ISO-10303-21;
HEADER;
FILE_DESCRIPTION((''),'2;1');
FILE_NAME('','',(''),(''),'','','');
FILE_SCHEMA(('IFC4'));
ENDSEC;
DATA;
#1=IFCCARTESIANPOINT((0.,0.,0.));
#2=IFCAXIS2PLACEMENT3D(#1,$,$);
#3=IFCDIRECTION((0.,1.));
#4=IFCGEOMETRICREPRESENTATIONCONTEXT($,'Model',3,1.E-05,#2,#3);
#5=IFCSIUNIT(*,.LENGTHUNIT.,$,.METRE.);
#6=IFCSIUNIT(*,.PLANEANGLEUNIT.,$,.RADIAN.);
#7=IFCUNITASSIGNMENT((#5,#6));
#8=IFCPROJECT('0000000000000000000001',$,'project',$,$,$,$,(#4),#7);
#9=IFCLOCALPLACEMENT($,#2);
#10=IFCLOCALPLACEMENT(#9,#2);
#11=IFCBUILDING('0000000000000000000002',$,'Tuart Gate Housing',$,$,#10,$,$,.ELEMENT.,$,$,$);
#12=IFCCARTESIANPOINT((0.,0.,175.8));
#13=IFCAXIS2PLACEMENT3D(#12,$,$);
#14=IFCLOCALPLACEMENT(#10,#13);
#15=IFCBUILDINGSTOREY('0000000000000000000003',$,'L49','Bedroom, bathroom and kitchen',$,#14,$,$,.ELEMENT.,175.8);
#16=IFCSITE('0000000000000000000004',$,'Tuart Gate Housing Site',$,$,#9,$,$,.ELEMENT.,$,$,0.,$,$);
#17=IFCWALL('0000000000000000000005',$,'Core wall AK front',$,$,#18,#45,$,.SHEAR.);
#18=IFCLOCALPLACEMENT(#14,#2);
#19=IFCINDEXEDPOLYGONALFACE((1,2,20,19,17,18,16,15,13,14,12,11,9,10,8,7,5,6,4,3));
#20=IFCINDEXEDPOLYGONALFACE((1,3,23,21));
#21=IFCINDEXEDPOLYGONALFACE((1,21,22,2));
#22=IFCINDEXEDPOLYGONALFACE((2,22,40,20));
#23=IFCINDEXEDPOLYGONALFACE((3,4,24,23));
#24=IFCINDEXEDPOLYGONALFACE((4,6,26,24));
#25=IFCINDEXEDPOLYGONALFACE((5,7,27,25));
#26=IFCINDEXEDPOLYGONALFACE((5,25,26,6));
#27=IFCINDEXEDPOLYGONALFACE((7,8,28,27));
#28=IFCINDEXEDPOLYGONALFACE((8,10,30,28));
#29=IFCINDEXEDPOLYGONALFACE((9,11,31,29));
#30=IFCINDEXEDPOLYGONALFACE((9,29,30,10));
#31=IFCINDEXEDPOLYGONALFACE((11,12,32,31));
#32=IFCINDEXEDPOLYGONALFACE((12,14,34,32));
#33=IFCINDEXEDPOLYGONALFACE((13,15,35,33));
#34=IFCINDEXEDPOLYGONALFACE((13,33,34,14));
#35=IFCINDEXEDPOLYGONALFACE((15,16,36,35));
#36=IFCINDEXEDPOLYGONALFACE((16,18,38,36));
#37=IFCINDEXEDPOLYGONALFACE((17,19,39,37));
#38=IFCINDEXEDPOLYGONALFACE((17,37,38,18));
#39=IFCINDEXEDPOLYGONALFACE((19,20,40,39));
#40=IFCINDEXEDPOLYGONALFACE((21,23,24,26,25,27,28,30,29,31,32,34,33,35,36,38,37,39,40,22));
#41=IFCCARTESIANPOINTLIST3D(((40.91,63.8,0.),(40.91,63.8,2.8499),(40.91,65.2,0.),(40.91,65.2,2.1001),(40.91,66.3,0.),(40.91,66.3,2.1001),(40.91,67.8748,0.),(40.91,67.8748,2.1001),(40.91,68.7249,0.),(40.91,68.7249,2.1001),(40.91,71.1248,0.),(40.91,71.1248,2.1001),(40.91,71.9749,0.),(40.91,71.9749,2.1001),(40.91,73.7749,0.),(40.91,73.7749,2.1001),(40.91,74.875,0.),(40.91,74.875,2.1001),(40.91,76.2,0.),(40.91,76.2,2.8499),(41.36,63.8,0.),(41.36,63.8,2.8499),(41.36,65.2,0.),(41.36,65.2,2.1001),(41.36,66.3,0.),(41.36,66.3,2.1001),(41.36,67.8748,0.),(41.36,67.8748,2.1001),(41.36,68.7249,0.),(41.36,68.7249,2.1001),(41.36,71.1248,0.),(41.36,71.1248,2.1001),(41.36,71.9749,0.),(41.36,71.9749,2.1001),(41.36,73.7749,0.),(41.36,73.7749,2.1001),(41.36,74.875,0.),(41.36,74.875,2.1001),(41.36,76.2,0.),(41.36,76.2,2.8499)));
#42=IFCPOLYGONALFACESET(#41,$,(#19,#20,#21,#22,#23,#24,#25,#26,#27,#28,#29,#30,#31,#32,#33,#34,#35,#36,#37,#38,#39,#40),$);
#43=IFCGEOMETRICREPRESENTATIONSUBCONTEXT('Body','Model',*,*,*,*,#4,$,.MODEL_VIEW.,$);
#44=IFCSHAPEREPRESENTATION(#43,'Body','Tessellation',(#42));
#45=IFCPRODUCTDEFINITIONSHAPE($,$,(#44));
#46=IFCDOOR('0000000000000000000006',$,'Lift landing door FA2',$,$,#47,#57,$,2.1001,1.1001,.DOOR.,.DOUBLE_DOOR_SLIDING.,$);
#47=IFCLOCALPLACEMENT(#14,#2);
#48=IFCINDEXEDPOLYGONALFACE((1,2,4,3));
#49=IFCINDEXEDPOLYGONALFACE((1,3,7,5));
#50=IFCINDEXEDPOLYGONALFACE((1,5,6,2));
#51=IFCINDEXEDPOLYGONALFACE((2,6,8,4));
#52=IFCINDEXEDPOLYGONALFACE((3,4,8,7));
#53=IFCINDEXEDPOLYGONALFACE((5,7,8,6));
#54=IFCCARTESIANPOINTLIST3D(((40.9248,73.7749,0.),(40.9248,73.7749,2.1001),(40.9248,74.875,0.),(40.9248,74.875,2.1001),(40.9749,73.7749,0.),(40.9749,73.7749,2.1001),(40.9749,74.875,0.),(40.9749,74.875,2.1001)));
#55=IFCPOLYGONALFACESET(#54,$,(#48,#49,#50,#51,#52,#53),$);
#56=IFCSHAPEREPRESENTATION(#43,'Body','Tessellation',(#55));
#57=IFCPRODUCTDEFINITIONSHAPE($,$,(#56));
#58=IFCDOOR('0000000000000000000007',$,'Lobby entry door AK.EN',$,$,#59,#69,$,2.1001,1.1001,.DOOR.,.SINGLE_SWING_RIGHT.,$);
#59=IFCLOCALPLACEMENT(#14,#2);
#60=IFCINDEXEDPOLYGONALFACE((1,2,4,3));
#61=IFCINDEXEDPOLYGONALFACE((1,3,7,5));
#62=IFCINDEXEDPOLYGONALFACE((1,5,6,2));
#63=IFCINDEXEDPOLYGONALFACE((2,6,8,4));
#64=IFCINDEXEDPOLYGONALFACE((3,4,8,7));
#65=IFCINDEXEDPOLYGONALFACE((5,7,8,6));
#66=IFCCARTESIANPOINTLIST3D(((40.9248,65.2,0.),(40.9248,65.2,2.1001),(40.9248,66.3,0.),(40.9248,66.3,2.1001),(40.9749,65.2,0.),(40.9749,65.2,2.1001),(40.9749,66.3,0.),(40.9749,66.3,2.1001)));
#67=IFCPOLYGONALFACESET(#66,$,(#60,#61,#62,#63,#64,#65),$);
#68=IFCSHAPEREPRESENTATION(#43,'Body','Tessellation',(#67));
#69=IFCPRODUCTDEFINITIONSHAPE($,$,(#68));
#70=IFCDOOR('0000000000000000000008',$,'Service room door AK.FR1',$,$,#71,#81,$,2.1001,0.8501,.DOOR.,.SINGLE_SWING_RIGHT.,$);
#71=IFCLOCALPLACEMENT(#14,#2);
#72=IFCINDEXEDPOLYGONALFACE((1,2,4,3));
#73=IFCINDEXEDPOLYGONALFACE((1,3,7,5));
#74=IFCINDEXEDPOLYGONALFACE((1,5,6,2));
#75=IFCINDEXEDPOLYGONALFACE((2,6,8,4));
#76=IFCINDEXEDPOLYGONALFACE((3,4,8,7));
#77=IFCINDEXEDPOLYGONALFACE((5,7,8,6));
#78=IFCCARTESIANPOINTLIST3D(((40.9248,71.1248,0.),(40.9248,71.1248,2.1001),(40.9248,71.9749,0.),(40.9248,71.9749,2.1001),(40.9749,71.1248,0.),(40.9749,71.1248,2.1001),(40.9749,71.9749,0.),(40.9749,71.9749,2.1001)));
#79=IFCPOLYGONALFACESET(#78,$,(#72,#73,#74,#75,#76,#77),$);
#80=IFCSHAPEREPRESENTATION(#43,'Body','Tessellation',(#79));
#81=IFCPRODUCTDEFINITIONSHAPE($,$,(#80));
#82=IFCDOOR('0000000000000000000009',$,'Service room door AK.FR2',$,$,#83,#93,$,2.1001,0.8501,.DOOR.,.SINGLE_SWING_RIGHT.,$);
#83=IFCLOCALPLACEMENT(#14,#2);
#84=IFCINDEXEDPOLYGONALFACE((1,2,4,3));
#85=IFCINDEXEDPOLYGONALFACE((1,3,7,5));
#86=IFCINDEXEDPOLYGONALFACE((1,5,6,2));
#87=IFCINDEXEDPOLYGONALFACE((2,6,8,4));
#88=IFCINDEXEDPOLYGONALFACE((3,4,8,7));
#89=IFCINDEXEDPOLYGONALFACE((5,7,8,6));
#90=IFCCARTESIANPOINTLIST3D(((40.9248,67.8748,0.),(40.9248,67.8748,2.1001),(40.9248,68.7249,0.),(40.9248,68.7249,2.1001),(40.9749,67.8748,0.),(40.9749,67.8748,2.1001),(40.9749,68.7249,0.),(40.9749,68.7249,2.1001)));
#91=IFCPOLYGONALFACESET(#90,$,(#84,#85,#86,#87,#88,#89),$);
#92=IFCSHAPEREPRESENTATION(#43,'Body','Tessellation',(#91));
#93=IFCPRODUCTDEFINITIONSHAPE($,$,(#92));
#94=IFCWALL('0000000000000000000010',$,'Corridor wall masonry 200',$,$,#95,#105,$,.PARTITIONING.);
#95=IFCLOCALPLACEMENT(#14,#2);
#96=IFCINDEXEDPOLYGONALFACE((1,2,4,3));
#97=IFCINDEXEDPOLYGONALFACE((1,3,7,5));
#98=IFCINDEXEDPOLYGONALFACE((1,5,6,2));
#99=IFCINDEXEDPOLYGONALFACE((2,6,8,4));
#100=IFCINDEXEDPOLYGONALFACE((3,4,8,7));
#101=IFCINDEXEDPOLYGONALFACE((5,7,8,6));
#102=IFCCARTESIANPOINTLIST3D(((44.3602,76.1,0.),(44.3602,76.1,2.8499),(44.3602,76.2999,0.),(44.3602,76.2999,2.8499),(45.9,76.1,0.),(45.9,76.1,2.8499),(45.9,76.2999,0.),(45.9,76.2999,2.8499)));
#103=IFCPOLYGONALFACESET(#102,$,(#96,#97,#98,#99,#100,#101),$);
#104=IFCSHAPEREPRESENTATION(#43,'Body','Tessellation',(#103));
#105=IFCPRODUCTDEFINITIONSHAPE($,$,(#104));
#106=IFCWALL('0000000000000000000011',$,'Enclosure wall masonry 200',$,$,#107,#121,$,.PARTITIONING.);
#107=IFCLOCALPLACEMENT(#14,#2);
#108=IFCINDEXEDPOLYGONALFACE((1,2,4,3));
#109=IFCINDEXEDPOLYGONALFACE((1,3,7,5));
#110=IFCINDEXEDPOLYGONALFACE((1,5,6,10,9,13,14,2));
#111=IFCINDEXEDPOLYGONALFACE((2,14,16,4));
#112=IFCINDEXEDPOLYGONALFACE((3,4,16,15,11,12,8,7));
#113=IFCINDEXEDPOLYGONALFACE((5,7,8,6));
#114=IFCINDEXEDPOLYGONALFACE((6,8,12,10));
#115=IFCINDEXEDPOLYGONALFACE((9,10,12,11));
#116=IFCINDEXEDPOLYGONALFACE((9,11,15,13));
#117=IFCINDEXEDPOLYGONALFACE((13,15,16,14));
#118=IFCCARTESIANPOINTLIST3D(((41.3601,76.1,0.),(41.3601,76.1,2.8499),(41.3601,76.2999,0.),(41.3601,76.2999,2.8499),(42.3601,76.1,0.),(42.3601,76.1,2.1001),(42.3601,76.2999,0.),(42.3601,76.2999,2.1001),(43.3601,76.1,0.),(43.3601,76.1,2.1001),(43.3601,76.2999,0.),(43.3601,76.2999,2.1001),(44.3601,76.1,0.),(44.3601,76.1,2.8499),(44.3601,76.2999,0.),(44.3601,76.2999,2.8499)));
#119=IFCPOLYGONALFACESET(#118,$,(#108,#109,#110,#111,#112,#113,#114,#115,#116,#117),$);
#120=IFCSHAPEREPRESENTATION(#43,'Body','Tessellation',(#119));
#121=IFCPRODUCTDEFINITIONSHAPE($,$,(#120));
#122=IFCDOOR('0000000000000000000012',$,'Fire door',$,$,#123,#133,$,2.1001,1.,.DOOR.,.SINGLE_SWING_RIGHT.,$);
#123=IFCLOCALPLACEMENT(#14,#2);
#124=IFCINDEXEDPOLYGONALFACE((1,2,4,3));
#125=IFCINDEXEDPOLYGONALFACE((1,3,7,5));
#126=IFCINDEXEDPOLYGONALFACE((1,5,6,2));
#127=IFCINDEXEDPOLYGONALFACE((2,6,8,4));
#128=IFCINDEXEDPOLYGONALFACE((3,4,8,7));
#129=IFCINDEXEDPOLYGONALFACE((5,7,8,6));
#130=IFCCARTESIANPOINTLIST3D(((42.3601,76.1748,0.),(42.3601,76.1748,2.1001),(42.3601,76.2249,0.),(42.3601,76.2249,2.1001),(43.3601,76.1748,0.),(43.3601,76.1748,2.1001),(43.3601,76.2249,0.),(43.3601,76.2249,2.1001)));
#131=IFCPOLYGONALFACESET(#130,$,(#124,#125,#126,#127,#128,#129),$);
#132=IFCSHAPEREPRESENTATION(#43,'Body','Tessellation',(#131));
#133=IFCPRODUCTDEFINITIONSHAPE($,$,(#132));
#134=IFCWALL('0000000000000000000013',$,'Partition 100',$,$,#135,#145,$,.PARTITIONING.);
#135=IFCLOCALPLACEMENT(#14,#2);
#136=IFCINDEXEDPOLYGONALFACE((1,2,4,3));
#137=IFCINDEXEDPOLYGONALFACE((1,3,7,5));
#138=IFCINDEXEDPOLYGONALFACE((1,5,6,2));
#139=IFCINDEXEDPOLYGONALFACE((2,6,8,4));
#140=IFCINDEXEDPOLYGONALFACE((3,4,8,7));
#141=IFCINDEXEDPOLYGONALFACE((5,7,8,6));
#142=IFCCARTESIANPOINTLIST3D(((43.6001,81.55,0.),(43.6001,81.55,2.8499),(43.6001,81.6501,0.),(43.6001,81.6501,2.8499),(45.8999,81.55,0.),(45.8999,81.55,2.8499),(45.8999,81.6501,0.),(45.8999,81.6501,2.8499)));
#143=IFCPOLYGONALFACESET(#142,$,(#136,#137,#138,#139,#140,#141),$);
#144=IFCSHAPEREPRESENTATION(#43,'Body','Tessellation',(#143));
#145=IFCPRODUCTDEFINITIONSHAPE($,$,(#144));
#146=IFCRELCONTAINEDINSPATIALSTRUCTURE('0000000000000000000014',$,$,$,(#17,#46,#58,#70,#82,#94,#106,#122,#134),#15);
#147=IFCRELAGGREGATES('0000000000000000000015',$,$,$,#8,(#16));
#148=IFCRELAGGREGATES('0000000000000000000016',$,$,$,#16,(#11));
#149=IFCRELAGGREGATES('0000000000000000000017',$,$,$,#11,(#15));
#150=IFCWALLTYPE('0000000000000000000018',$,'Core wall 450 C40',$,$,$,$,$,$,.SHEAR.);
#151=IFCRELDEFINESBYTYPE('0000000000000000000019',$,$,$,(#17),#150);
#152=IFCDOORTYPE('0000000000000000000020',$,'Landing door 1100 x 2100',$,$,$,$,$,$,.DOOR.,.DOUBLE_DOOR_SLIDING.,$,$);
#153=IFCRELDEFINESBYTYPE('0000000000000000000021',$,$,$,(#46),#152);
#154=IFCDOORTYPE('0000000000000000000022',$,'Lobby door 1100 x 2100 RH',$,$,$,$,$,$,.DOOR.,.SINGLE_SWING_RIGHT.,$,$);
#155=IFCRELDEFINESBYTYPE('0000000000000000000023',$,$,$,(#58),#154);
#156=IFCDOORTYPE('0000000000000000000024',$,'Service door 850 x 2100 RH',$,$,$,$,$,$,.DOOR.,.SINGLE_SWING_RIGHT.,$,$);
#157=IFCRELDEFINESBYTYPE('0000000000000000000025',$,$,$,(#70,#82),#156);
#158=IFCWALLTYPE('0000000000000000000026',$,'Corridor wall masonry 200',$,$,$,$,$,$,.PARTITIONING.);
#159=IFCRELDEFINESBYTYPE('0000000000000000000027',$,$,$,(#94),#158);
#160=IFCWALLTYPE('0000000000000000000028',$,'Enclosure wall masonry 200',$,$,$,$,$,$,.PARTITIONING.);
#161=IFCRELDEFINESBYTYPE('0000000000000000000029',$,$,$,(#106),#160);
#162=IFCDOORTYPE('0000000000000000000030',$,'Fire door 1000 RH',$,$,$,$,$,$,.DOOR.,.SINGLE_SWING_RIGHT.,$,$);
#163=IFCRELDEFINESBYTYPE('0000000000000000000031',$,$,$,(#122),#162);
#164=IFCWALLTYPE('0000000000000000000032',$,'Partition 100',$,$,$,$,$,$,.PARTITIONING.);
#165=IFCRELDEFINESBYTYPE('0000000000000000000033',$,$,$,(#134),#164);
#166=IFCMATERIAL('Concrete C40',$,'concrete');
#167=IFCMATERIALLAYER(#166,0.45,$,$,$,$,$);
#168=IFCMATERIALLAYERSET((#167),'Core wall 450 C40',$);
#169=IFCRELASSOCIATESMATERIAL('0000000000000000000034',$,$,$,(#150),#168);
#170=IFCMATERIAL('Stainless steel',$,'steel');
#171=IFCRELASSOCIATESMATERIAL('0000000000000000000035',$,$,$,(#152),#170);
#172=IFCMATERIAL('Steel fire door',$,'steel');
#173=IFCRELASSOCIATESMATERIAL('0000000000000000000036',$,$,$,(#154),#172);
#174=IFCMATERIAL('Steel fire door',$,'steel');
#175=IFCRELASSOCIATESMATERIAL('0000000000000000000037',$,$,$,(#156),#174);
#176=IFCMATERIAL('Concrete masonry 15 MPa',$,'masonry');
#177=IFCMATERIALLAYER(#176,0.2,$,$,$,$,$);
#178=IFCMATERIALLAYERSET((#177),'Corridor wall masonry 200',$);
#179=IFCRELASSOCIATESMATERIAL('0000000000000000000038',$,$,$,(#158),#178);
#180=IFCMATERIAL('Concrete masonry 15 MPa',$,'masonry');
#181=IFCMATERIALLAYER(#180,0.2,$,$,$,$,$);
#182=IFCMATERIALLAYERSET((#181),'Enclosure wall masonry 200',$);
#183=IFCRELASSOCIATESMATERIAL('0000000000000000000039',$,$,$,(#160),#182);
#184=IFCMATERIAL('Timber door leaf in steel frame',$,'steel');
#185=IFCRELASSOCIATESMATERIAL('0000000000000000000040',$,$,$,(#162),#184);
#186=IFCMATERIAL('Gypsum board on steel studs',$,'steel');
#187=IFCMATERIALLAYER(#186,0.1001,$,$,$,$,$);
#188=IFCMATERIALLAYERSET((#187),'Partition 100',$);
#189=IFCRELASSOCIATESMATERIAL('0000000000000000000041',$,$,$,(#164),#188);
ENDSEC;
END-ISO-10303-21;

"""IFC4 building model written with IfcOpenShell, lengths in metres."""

from ifc_helpers import new_model, si_unit, direction, frame, frame_2d, origin, place, context, subcontext, project, spatial, rectangle, extrude, material, layer, layer_set, type_object, element, fill, save


model = new_model("IFC4")

# Units and contexts
model_context = context("Model", 3, precision=1e-05, world=origin(), true_north=direction((0.0, 1.0)))
body_context = subcontext(model_context, "Body", "Model", "MODEL_VIEW")
ifc_project = project(units=[si_unit("LENGTHUNIT", "METRE"), si_unit("PLANEANGLEUNIT", "RADIAN")], contexts=[model_context])

# Site, building, storey
site_placement = place(None, origin())
site = spatial("IfcSite", under=ifc_project, at=site_placement, Name="Tuart Gate Housing Site", CompositionType="ELEMENT", RefElevation=0.0)
building_placement = place(site_placement, origin())
building = spatial("IfcBuilding", under=site, at=building_placement, Name="Tuart Gate Housing", CompositionType="ELEMENT")
storey_placement = place(building_placement, frame((0.0, 0.0, 175.8)))
storey = spatial("IfcBuildingStorey", under=building, at=storey_placement, Name="L49", Description="Bedroom, bathroom and kitchen", CompositionType="ELEMENT", Elevation=175.8)

# Wall, openings, doors
ifc_material_1 = material(Name="Concrete C40", Category="concrete")
ifc_layer_1 = layer(ifc_material_1, 0.45)
ifc_layer_set_1 = layer_set([ifc_layer_1], Name="Core wall 450 C40")
wall_type_1 = type_object("IfcWallType", Name="Core wall 450 C40", PredefinedType="SHEAR", material=ifc_layer_set_1)
wall_1_placement = place(storey_placement, frame((41.135, 76.2, 0.0), z_axis=(0.0, 0.0, 1.0), x_axis=(0.0, -1.0, 0.0)))
wall_1 = element("IfcWall", 1, at=wall_1_placement, inside=storey, type_object=wall_type_1, Name="Core wall AK front", PredefinedType="SHEAR", context=body_context, shape_type="SweptSolid", body=[
    extrude(rectangle(XDim=12.3999, YDim=0.45, at=frame_2d((6.2, 0.0))), origin(), (0.0, 0.0, 1.0), 2.8499),
])
opening_1_placement = place(wall_1_placement, frame((1.325, 0.0, 0.0)))
opening_1 = element("IfcOpeningElement", 2, at=opening_1_placement, cuts=wall_1, PredefinedType="OPENING", context=body_context, shape_type="SweptSolid", body=[
    extrude(rectangle(XDim=1.1001, YDim=2.1001, at=frame_2d((0.55, 1.05))), frame((0.0, 0.2349, 0.0), z_axis=(0.0, -1.0, 0.0), x_axis=(1.0, 0.0, 0.0)), (0.0, 0.0, 1.0), 0.47),
])
opening_2_placement = place(wall_1_placement, frame((4.2251, 0.0, 0.0)))
opening_2 = element("IfcOpeningElement", 3, at=opening_2_placement, cuts=wall_1, PredefinedType="OPENING", context=body_context, shape_type="SweptSolid", body=[
    extrude(rectangle(XDim=0.8501, YDim=2.1001, at=frame_2d((0.425, 1.05))), frame((0.0, 0.2349, 0.0), z_axis=(0.0, -1.0, 0.0), x_axis=(1.0, 0.0, 0.0)), (0.0, 0.0, 1.0), 0.47),
])
opening_3_placement = place(wall_1_placement, frame((7.4751, 0.0, 0.0)))
opening_3 = element("IfcOpeningElement", 4, at=opening_3_placement, cuts=wall_1, PredefinedType="OPENING", context=body_context, shape_type="SweptSolid", body=[
    extrude(rectangle(XDim=0.8501, YDim=2.1001, at=frame_2d((0.425, 1.05))), frame((0.0, 0.2349, 0.0), z_axis=(0.0, -1.0, 0.0), x_axis=(1.0, 0.0, 0.0)), (0.0, 0.0, 1.0), 0.47),
])
opening_4_placement = place(wall_1_placement, frame((9.8999, 0.0, 0.0)))
opening_4 = element("IfcOpeningElement", 5, at=opening_4_placement, cuts=wall_1, PredefinedType="OPENING", context=body_context, shape_type="SweptSolid", body=[
    extrude(rectangle(XDim=1.1001, YDim=2.1001, at=frame_2d((0.55, 1.05))), frame((0.0, 0.2349, 0.0), z_axis=(0.0, -1.0, 0.0), x_axis=(1.0, 0.0, 0.0)), (0.0, 0.0, 1.0), 0.47),
])
ifc_material_2 = material(Name="Stainless steel", Category="steel")
door_type_1 = type_object("IfcDoorType", Name="Landing door 1100 x 2100", OperationType="DOUBLE_DOOR_SLIDING", PredefinedType="DOOR", material=ifc_material_2)
door_1_placement = place(opening_1_placement, origin())
door_1 = element("IfcDoor", 6, at=door_1_placement, inside=storey, type_object=door_type_1, Name="Lift landing door FA2", OperationType="DOUBLE_DOOR_SLIDING", OverallHeight=2.1001, OverallWidth=1.1001, PredefinedType="DOOR", context=body_context, shape_type="SweptSolid", body=[
    extrude(rectangle(XDim=1.1001, YDim=2.1001, at=frame_2d((0.55, 1.05))), frame((0.0, -0.1602, 0.0), z_axis=(0.0, -1.0, 0.0), x_axis=(1.0, 0.0, 0.0)), (0.0, 0.0, 1.0), 0.05),
])
fill(opening_1, door_1)
ifc_material_3 = material(Name="Steel fire door", Category="steel")
door_type_2 = type_object("IfcDoorType", Name="Lobby door 1100 x 2100 RH", OperationType="SINGLE_SWING_RIGHT", PredefinedType="DOOR", material=ifc_material_3)
door_2_placement = place(opening_4_placement, frame((1.1001, 0.0, 0.0), z_axis=(0.0, 0.0, 1.0), x_axis=(-1.0, 0.0, 0.0)))
door_2 = element("IfcDoor", 7, at=door_2_placement, inside=storey, type_object=door_type_2, Name="Lobby entry door AK.EN", OperationType="SINGLE_SWING_RIGHT", OverallHeight=2.1001, OverallWidth=1.1001, PredefinedType="DOOR", context=body_context, shape_type="SweptSolid", body=[
    extrude(rectangle(XDim=1.1001, YDim=2.1001, at=frame_2d((0.55, 1.05))), frame((0.0, 0.2102, 0.0), z_axis=(0.0, -1.0, 0.0), x_axis=(1.0, 0.0, 0.0)), (0.0, 0.0, 1.0), 0.05),
])
fill(opening_4, door_2)
ifc_material_4 = material(Name="Steel fire door", Category="steel")
door_type_3 = type_object("IfcDoorType", Name="Service door 850 x 2100 RH", OperationType="SINGLE_SWING_RIGHT", PredefinedType="DOOR", material=ifc_material_4)
door_3_placement = place(opening_2_placement, frame((0.8501, 0.0, 0.0), z_axis=(0.0, 0.0, 1.0), x_axis=(-1.0, 0.0, 0.0)))
door_3 = element("IfcDoor", 8, at=door_3_placement, inside=storey, type_object=door_type_3, Name="Service room door AK.FR1", OperationType="SINGLE_SWING_RIGHT", OverallHeight=2.1001, OverallWidth=0.8501, PredefinedType="DOOR", context=body_context, shape_type="SweptSolid", body=[
    extrude(rectangle(XDim=0.8501, YDim=2.1001, at=frame_2d((0.425, 1.05))), frame((0.0, 0.2102, 0.0), z_axis=(0.0, -1.0, 0.0), x_axis=(1.0, 0.0, 0.0)), (0.0, 0.0, 1.0), 0.05),
])
fill(opening_2, door_3)
door_4_placement = place(opening_3_placement, frame((0.8501, 0.0, 0.0), z_axis=(0.0, 0.0, 1.0), x_axis=(-1.0, 0.0, 0.0)))
door_4 = element("IfcDoor", 9, at=door_4_placement, inside=storey, type_object=door_type_3, Name="Service room door AK.FR2", OperationType="SINGLE_SWING_RIGHT", OverallHeight=2.1001, OverallWidth=0.8501, PredefinedType="DOOR", context=body_context, shape_type="SweptSolid", body=[
    extrude(rectangle(XDim=0.8501, YDim=2.1001, at=frame_2d((0.425, 1.05))), frame((0.0, 0.2102, 0.0), z_axis=(0.0, -1.0, 0.0), x_axis=(1.0, 0.0, 0.0)), (0.0, 0.0, 1.0), 0.05),
])
fill(opening_3, door_4)

# Wall
ifc_material_5 = material(Name="Concrete masonry 15 MPa", Category="masonry")
ifc_layer_2 = layer(ifc_material_5, 0.2)
ifc_layer_set_2 = layer_set([ifc_layer_2], Name="Corridor wall masonry 200")
wall_type_2 = type_object("IfcWallType", Name="Corridor wall masonry 200", PredefinedType="PARTITIONING", material=ifc_layer_set_2)
wall_2_placement = place(storey_placement, frame((44.3601, 76.2, 0.0), z_axis=(0.0, 0.0, 1.0), x_axis=(1.0, 0.0, 0.0)))
element("IfcWall", 10, at=wall_2_placement, inside=storey, type_object=wall_type_2, Name="Corridor wall masonry 200", PredefinedType="PARTITIONING", context=body_context, shape_type="SweptSolid", body=[
    extrude(rectangle(XDim=1.5398, YDim=0.2, at=frame_2d((0.77, 0.0))), origin(), (0.0, 0.0, 1.0), 2.8499),
])

# Wall, opening, door
ifc_material_6 = material(Name="Concrete masonry 15 MPa", Category="masonry")
ifc_layer_3 = layer(ifc_material_6, 0.2)
ifc_layer_set_3 = layer_set([ifc_layer_3], Name="Enclosure wall masonry 200")
wall_type_3 = type_object("IfcWallType", Name="Enclosure wall masonry 200", PredefinedType="PARTITIONING", material=ifc_layer_set_3)
wall_3_placement = place(storey_placement, frame((41.3601, 76.2, 0.0), z_axis=(0.0, 0.0, 1.0), x_axis=(1.0, 0.0, 0.0)))
wall_3 = element("IfcWall", 11, at=wall_3_placement, inside=storey, type_object=wall_type_3, Name="Enclosure wall masonry 200", PredefinedType="PARTITIONING", context=body_context, shape_type="SweptSolid", body=[
    extrude(rectangle(XDim=3.0, YDim=0.2, at=frame_2d((1.5, 0.0))), origin(), (0.0, 0.0, 1.0), 2.8499),
])
opening_5_placement = place(wall_3_placement, frame((1.0, 0.0, 0.0)))
opening_5 = element("IfcOpeningElement", 12, at=opening_5_placement, cuts=wall_3, PredefinedType="OPENING", context=body_context, shape_type="SweptSolid", body=[
    extrude(rectangle(XDim=1.0, YDim=2.1001, at=frame_2d((0.5, 1.05))), frame((0.0, 0.1099, 0.0), z_axis=(0.0, -1.0, 0.0), x_axis=(1.0, 0.0, 0.0)), (0.0, 0.0, 1.0), 0.22),
])
ifc_material_7 = material(Name="Timber door leaf in steel frame", Category="steel")
door_type_4 = type_object("IfcDoorType", Name="Fire door 1000 RH", OperationType="SINGLE_SWING_RIGHT", PredefinedType="DOOR", material=ifc_material_7)
door_5_placement = place(opening_5_placement, origin())
door_5 = element("IfcDoor", 13, at=door_5_placement, inside=storey, type_object=door_type_4, Name="Fire door", OperationType="SINGLE_SWING_RIGHT", OverallHeight=2.1001, OverallWidth=1.0, PredefinedType="DOOR", context=body_context, shape_type="SweptSolid", body=[
    extrude(rectangle(XDim=1.0, YDim=2.1001, at=frame_2d((0.5, 1.05))), frame((0.0, 0.0249, 0.0), z_axis=(0.0, -1.0, 0.0), x_axis=(1.0, 0.0, 0.0)), (0.0, 0.0, 1.0), 0.05),
])
fill(opening_5, door_5)

# Wall
ifc_material_8 = material(Name="Gypsum board on steel studs", Category="steel")
ifc_layer_4 = layer(ifc_material_8, 0.1001)
ifc_layer_set_4 = layer_set([ifc_layer_4], Name="Partition 100")
wall_type_4 = type_object("IfcWallType", Name="Partition 100", PredefinedType="PARTITIONING", material=ifc_layer_set_4)
wall_4_placement = place(storey_placement, frame((43.6001, 81.6001, 0.0), z_axis=(0.0, 0.0, 1.0), x_axis=(1.0, 0.0, 0.0)))
element("IfcWall", 14, at=wall_4_placement, inside=storey, type_object=wall_type_4, Name="Partition 100", PredefinedType="PARTITIONING", context=body_context, shape_type="SweptSolid", body=[
    extrude(rectangle(XDim=2.2998, YDim=0.1001, at=frame_2d((1.1499, 0.0))), origin(), (0.0, 0.0, 1.0), 2.8499),
])

save(model, "model.ifc")
